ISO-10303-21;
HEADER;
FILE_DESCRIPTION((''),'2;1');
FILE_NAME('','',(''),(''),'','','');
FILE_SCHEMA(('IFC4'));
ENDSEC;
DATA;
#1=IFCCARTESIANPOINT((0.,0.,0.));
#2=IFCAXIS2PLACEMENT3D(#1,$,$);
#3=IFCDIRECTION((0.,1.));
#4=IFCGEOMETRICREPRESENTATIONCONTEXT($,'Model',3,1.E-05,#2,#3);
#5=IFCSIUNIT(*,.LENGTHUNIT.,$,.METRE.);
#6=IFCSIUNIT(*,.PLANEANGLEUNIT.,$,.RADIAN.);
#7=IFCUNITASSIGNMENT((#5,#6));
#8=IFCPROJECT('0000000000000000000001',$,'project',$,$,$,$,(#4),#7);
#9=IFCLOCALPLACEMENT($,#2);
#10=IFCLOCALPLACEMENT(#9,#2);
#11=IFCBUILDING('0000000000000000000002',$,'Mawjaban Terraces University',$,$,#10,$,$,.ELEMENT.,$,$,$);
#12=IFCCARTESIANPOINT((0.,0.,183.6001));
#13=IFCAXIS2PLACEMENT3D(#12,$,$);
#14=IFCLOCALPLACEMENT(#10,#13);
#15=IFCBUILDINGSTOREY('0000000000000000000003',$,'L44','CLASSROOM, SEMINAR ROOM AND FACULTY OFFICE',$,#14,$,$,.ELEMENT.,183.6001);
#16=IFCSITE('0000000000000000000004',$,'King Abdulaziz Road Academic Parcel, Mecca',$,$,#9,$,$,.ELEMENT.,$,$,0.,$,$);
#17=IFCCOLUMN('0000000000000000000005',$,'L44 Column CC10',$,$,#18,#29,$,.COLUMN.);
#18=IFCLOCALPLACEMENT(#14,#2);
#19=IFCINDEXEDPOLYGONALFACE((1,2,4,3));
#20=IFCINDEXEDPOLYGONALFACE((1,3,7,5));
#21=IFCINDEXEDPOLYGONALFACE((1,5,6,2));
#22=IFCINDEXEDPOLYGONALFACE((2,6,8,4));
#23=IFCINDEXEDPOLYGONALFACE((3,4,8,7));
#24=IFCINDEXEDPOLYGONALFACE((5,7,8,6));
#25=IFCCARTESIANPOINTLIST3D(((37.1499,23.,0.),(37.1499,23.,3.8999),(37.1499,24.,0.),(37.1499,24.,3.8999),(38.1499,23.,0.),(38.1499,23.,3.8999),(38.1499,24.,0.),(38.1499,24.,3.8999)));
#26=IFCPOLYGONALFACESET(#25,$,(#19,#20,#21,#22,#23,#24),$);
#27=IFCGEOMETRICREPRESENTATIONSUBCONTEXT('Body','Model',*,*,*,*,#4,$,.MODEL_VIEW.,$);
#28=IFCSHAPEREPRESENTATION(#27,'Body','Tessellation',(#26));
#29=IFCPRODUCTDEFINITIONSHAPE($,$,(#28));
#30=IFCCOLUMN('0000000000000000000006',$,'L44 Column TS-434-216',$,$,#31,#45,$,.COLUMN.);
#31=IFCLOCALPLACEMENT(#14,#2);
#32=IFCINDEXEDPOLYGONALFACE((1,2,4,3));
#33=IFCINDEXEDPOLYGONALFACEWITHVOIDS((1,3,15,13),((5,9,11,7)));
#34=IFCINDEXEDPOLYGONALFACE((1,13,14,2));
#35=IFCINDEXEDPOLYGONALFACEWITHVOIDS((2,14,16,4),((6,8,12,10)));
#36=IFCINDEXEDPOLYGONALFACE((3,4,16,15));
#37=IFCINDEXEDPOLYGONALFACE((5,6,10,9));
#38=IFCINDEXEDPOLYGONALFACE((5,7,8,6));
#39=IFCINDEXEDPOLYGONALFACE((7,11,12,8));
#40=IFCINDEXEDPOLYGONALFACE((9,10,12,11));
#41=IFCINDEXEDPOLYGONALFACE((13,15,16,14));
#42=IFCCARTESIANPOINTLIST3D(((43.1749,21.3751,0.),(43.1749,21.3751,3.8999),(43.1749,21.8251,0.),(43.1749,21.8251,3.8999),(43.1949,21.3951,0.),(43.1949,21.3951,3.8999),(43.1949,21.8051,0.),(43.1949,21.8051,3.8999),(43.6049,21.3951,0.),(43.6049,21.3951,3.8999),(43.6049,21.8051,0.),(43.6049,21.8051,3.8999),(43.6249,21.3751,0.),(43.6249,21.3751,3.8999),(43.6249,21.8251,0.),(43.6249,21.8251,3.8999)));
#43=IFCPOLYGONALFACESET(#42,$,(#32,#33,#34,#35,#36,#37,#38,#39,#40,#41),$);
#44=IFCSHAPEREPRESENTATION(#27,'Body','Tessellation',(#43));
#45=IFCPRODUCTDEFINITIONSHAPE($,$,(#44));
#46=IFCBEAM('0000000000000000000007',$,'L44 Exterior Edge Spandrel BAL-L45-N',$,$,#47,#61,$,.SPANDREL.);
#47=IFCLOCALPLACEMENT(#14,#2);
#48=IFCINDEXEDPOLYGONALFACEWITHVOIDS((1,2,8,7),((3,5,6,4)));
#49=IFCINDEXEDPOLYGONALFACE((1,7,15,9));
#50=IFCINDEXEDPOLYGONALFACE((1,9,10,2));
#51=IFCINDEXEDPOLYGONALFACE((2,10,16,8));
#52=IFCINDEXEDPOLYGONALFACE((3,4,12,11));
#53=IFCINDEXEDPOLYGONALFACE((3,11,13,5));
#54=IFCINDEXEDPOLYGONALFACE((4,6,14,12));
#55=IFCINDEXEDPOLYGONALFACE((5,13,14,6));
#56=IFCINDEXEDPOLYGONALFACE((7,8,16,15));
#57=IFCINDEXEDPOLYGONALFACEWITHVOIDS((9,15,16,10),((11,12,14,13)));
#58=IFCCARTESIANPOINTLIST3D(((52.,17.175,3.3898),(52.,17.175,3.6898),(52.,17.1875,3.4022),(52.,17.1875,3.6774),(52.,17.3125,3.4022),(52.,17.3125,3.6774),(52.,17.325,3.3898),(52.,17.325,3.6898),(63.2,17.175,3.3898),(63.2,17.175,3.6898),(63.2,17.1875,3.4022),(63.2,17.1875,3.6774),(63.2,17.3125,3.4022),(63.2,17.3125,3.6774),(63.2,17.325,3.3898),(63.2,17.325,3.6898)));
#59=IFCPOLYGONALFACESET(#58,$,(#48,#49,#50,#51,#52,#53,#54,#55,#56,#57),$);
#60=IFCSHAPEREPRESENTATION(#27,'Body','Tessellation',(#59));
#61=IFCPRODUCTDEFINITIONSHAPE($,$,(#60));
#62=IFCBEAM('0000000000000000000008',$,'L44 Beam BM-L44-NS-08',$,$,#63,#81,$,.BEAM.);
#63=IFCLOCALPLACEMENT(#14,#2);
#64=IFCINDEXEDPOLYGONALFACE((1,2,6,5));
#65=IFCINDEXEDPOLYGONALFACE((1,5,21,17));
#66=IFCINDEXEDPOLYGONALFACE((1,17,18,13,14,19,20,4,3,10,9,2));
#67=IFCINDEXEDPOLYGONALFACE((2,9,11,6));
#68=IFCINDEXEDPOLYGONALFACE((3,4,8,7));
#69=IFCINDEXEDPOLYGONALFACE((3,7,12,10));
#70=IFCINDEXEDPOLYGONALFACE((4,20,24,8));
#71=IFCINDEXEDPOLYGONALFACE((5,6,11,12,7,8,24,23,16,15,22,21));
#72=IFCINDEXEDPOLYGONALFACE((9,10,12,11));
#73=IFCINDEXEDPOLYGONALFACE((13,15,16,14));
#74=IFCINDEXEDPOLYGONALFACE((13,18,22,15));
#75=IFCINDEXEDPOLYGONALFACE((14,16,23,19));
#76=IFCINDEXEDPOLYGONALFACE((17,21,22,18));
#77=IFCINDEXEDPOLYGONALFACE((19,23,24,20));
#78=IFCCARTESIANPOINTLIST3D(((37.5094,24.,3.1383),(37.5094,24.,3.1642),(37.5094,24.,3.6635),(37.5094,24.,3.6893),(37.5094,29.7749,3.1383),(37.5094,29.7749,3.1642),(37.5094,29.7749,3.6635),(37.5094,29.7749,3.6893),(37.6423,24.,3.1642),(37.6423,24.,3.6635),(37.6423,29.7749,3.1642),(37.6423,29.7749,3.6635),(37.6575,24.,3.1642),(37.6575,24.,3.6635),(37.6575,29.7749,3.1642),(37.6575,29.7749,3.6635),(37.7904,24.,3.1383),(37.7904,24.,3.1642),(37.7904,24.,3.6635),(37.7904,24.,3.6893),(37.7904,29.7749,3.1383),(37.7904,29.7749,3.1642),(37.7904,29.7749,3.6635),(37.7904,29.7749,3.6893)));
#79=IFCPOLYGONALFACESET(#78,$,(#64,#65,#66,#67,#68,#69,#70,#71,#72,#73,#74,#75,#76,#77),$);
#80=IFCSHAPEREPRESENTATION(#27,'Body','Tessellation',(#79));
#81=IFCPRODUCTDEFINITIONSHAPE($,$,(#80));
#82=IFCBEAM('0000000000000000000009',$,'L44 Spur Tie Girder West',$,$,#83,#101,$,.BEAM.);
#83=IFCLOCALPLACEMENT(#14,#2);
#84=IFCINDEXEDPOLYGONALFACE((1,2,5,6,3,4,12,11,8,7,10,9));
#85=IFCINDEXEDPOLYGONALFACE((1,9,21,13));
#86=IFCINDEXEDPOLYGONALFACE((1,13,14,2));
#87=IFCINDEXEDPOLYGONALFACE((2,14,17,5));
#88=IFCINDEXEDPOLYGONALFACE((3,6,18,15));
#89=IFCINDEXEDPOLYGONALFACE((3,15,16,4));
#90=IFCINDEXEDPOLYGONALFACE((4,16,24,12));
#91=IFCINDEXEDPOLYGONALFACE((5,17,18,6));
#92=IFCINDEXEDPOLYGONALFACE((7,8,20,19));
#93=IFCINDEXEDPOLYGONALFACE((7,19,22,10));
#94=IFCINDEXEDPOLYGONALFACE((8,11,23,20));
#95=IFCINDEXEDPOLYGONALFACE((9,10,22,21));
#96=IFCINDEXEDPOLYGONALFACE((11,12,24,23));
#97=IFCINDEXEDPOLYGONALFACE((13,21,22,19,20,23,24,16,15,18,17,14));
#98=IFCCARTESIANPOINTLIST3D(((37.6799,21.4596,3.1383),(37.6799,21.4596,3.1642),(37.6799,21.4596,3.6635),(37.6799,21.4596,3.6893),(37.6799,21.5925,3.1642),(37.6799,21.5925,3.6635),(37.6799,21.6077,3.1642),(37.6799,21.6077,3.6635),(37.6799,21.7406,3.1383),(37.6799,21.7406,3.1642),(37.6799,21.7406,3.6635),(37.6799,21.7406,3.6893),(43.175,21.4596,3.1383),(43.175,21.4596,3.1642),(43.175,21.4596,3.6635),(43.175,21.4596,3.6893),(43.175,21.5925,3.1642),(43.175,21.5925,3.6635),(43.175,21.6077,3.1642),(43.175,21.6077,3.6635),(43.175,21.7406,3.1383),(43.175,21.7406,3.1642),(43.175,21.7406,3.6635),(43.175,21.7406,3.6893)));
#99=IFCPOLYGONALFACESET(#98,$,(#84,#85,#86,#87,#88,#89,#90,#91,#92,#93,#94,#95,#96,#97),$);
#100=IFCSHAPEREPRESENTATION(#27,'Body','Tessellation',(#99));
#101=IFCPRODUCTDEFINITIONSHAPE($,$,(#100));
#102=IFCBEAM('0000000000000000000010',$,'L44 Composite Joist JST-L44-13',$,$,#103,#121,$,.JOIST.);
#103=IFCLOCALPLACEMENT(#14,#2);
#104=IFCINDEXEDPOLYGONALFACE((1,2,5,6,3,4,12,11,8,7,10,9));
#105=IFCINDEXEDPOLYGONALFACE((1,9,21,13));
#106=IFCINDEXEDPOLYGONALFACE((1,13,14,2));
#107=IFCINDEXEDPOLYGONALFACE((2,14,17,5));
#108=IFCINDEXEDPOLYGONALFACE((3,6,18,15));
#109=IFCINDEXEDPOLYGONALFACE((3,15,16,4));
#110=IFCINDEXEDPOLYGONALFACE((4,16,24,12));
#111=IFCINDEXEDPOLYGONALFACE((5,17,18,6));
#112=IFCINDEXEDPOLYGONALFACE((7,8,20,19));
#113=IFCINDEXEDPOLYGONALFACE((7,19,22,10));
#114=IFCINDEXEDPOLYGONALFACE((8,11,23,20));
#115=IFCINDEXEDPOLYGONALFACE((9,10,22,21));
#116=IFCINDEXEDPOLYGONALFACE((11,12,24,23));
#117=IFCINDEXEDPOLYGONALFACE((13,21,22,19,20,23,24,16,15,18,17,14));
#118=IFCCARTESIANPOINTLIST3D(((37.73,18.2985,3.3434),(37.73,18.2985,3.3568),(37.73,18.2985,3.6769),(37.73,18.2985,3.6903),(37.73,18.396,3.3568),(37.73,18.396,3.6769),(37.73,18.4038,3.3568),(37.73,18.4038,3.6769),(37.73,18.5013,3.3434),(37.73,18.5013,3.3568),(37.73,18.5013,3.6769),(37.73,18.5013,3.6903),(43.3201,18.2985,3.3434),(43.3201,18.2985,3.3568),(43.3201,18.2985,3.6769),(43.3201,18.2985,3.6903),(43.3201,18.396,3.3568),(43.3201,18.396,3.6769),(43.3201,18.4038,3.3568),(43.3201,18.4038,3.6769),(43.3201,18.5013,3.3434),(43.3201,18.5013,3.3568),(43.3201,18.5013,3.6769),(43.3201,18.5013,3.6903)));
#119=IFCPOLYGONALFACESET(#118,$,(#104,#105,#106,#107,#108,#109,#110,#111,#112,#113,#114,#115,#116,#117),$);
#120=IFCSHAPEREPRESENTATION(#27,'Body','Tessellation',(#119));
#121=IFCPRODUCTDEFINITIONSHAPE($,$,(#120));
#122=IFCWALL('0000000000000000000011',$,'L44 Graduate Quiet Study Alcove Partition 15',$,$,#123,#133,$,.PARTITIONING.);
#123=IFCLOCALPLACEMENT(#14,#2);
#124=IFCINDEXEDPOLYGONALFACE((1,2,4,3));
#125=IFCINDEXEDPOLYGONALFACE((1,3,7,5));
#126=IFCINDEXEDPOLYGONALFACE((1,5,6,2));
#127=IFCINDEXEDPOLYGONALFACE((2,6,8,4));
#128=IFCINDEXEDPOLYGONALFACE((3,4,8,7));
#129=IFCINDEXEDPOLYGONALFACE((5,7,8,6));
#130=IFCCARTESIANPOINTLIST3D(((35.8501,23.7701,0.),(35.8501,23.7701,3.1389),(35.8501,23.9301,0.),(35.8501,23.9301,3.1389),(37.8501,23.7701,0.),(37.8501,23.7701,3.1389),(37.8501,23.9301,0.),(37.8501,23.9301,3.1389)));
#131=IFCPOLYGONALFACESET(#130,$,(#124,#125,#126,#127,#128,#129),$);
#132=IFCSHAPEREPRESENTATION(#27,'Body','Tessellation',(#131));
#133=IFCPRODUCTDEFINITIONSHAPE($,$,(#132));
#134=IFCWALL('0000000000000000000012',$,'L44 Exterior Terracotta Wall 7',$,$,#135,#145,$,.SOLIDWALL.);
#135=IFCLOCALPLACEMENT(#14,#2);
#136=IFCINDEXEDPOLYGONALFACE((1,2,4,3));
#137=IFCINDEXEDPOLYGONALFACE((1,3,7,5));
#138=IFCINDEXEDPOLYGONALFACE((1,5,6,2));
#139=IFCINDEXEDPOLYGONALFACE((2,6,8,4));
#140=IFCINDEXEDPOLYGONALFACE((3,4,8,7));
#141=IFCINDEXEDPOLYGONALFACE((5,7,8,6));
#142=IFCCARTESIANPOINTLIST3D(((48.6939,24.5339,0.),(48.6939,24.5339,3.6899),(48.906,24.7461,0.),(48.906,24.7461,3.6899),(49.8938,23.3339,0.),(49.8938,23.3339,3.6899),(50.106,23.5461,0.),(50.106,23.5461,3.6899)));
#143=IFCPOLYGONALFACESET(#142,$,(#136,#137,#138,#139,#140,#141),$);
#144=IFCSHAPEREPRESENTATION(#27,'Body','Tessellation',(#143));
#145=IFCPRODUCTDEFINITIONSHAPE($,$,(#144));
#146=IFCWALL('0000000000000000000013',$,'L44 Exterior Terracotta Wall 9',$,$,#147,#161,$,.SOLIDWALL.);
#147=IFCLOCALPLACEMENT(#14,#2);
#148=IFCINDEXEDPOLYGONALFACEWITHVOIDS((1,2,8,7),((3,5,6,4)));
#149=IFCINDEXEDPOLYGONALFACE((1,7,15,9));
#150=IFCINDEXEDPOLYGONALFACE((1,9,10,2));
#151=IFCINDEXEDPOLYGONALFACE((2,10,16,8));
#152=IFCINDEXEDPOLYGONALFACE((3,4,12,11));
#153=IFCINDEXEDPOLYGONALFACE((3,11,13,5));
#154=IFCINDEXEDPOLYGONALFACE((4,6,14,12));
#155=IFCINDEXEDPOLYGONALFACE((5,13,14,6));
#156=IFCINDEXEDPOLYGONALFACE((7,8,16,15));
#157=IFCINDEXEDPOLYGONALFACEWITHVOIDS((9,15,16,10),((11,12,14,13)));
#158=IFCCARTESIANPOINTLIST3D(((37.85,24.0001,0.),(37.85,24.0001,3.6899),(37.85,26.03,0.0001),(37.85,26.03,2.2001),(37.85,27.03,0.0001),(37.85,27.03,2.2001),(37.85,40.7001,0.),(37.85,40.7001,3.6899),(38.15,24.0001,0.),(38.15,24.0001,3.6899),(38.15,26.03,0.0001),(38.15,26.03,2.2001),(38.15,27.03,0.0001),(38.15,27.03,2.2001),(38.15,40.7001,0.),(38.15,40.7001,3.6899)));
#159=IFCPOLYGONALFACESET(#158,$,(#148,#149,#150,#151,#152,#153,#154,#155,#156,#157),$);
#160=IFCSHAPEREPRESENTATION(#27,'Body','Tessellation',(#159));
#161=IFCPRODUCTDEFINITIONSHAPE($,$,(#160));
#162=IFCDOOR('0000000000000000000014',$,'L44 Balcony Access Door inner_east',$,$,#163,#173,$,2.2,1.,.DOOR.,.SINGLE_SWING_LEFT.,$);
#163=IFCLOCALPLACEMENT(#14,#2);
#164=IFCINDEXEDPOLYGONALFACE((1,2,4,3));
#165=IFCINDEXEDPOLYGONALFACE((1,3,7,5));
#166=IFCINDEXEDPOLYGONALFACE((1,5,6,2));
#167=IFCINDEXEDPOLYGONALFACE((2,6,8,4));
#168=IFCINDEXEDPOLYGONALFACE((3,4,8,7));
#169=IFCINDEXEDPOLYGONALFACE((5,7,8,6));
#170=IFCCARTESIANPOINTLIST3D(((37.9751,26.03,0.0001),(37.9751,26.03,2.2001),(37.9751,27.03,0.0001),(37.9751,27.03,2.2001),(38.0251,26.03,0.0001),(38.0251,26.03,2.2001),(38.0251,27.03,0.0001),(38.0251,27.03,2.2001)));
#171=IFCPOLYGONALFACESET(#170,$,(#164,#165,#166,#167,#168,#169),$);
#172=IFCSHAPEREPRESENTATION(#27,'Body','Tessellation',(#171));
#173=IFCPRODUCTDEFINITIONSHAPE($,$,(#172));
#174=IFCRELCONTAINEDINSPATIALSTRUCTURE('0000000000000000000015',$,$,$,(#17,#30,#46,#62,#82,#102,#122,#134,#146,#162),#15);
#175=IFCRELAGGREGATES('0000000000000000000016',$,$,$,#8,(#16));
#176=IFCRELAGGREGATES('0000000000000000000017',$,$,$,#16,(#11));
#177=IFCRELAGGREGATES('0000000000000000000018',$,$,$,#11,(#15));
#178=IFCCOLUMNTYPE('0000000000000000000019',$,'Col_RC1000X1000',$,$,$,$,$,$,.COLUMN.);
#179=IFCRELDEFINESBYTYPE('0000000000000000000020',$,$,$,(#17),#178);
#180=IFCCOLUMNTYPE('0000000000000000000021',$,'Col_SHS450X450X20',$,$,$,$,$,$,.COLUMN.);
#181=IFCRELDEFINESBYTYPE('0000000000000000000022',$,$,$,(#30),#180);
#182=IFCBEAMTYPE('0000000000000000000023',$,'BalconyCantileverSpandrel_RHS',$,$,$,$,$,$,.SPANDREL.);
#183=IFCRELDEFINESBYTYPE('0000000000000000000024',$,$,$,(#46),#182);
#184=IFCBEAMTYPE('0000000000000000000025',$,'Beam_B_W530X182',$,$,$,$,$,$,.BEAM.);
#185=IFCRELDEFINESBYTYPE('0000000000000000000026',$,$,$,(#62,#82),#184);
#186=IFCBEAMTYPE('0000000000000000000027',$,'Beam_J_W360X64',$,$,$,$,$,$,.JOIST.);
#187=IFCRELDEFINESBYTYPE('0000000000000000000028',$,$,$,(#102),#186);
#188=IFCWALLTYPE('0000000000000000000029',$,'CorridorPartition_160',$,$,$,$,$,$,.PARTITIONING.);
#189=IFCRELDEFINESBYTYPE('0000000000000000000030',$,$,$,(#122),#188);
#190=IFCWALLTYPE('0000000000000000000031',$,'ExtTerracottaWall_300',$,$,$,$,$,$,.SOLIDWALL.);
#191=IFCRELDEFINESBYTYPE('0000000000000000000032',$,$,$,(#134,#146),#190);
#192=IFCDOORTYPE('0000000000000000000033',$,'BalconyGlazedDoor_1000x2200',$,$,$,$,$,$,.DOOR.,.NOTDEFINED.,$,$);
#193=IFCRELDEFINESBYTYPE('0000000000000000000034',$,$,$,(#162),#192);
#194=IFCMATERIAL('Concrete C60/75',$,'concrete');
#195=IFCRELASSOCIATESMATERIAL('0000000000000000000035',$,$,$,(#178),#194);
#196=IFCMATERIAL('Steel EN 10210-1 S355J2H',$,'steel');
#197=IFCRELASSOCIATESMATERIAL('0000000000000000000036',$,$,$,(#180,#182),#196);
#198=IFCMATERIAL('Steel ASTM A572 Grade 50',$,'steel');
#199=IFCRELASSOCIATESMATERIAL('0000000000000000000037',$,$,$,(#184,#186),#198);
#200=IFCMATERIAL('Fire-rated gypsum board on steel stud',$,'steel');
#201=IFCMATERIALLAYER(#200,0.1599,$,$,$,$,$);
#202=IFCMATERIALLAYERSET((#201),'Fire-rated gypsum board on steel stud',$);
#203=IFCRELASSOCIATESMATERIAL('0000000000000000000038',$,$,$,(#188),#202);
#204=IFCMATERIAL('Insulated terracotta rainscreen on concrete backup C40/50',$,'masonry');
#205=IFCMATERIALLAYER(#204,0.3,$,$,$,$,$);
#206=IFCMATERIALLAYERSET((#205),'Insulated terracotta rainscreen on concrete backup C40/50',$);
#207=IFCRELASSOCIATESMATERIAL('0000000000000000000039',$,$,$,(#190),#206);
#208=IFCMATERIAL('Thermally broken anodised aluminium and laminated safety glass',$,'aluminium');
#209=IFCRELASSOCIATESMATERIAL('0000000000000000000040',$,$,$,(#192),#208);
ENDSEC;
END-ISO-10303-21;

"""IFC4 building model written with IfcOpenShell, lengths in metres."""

from ifc_helpers import new_model, si_unit, direction, frame, frame_2d, origin, origin_2d, place, context, subcontext, project, spatial, rectangle, hollow_rectangle, i_section, extrude, material, layer, layer_set, material_profile, profile_set, type_object, element, fill, save


model = new_model("IFC4")

# Units and contexts
model_context = context("Model", 3, precision=1e-05, world=origin(), true_north=direction((0.0, 1.0)))
body_context = subcontext(model_context, "Body", "Model", "MODEL_VIEW")
ifc_project = project(units=[si_unit("LENGTHUNIT", "METRE"), si_unit("PLANEANGLEUNIT", "RADIAN")], contexts=[model_context])

# Site, building, storey
site_placement = place(None, origin())
site = spatial("IfcSite", under=ifc_project, at=site_placement, Name="King Abdulaziz Road Academic Parcel, Mecca", CompositionType="ELEMENT", RefElevation=0.0)
building_placement = place(site_placement, origin())
building = spatial("IfcBuilding", under=site, at=building_placement, Name="Mawjaban Terraces University", CompositionType="ELEMENT")
storey_placement = place(building_placement, frame((0.0, 0.0, 183.6001)))
storey = spatial("IfcBuildingStorey", under=building, at=storey_placement, Name="L44", Description="CLASSROOM, SEMINAR ROOM AND FACULTY OFFICE", CompositionType="ELEMENT", Elevation=183.6001)

# Columns
ifc_material_1 = material(Name="Concrete C60/75", Category="concrete")
ifc_material_profile_1 = material_profile(ifc_material_1, rectangle(XDim=1.0, YDim=1.0, at=origin_2d()), Name="RC1000X1000")
ifc_profile_set_1 = profile_set([ifc_material_profile_1], Name="Concrete C60/75")
column_type_1 = type_object("IfcColumnType", Name="Col_RC1000X1000", PredefinedType="COLUMN", material=ifc_profile_set_1)
column_1_placement = place(storey_placement, frame((37.6499, 23.5, 0.0), z_axis=(0.0, 0.0, 1.0), x_axis=(1.0, 0.0, 0.0)))
element("IfcColumn", 1, at=column_1_placement, inside=storey, type_object=column_type_1, Name="L44 Column CC10", PredefinedType="COLUMN", context=body_context, shape_type="SweptSolid", body=[
    extrude(rectangle(XDim=1.0, YDim=1.0, at=origin_2d()), origin(), (0.0, 0.0, 1.0), 3.8999),
])
ifc_material_2 = material(Name="Steel EN 10210-1 S355J2H", Category="steel")
ifc_material_profile_2 = material_profile(ifc_material_2, hollow_rectangle(XDim=0.45, YDim=0.45, WallThickness=0.02, at=origin_2d()), Name="SHS450X450X20")
ifc_profile_set_2 = profile_set([ifc_material_profile_2], Name="Steel EN 10210-1 S355J2H")
column_type_2 = type_object("IfcColumnType", Name="Col_SHS450X450X20", PredefinedType="COLUMN", material=ifc_profile_set_2)
column_2_placement = place(storey_placement, frame((43.3999, 21.6001, 0.0), z_axis=(0.0, 0.0, 1.0), x_axis=(1.0, 0.0, 0.0)))
element("IfcColumn", 2, at=column_2_placement, inside=storey, type_object=column_type_2, Name="L44 Column TS-434-216", PredefinedType="COLUMN", context=body_context, shape_type="SweptSolid", body=[
    extrude(hollow_rectangle(XDim=0.45, YDim=0.45, WallThickness=0.02, at=origin_2d()), origin(), (0.0, 0.0, 1.0), 3.8999),
])

# Beams
ifc_material_profile_3 = material_profile(ifc_material_2, hollow_rectangle(XDim=0.1499, YDim=0.3, WallThickness=0.0125, at=origin_2d()), Name="RHS300X150X12.5")
ifc_profile_set_3 = profile_set([ifc_material_profile_3], Name="Steel EN 10210-1 S355J2H")
beam_type_1 = type_object("IfcBeamType", Name="BalconyCantileverSpandrel_RHS", PredefinedType="SPANDREL", material=ifc_profile_set_3)
beam_1_placement = place(storey_placement, frame((52.0, 17.25, 3.5398), z_axis=(1.0, 0.0, 0.0), x_axis=(0.0, 1.0, 0.0)))
element("IfcBeam", 3, at=beam_1_placement, inside=storey, type_object=beam_type_1, Name="L44 Exterior Edge Spandrel BAL-L45-N", PredefinedType="SPANDREL", context=body_context, shape_type="SweptSolid", body=[
    extrude(hollow_rectangle(XDim=0.1499, YDim=0.3, WallThickness=0.0125, at=origin_2d()), origin(), (0.0, 0.0, 1.0), 11.2),
])
ifc_material_3 = material(Name="Steel ASTM A572 Grade 50", Category="steel")
ifc_material_profile_4 = material_profile(ifc_material_3, i_section(OverallWidth=0.281, OverallDepth=0.551, WebThickness=0.0151, FlangeThickness=0.0259, at=origin_2d()), Name="W530X182")
ifc_profile_set_4 = profile_set([ifc_material_profile_4], Name="Steel ASTM A572 Grade 50")
beam_type_2 = type_object("IfcBeamType", Name="Beam_B_W530X182", PredefinedType="BEAM", material=ifc_profile_set_4)
beam_2_placement = place(storey_placement, frame((37.6499, 24.0, 3.4138), z_axis=(0.0, 1.0, 0.0), x_axis=(-1.0, 0.0, 0.0)))
element("IfcBeam", 4, at=beam_2_placement, inside=storey, type_object=beam_type_2, Name="L44 Beam BM-L44-NS-08", PredefinedType="BEAM", context=body_context, shape_type="SweptSolid", body=[
    extrude(i_section(OverallWidth=0.281, OverallDepth=0.551, WebThickness=0.0151, FlangeThickness=0.0259, at=origin_2d()), origin(), (0.0, 0.0, 1.0), 5.7749),
])
beam_3_placement = place(storey_placement, frame((37.6799, 21.6001, 3.4138), z_axis=(1.0, 0.0, 0.0), x_axis=(0.0, 1.0, 0.0)))
element("IfcBeam", 5, at=beam_3_placement, inside=storey, type_object=beam_type_2, Name="L44 Spur Tie Girder West", PredefinedType="BEAM", context=body_context, shape_type="SweptSolid", body=[
    extrude(i_section(OverallWidth=0.281, OverallDepth=0.551, WebThickness=0.0151, FlangeThickness=0.0259, at=origin_2d()), origin(), (0.0, 0.0, 1.0), 5.4951),
])
ifc_material_profile_5 = material_profile(ifc_material_3, i_section(OverallWidth=0.2029, OverallDepth=0.3469, WebThickness=0.0078, FlangeThickness=0.0134, at=origin_2d()), Name="W360X64")
ifc_profile_set_5 = profile_set([ifc_material_profile_5], Name="Steel ASTM A572 Grade 50")
beam_type_3 = type_object("IfcBeamType", Name="Beam_J_W360X64", PredefinedType="JOIST", material=ifc_profile_set_5)
beam_4_placement = place(storey_placement, frame((37.73, 18.3999, 3.5168), z_axis=(1.0, 0.0, 0.0), x_axis=(0.0, 1.0, 0.0)))
element("IfcBeam", 6, at=beam_4_placement, inside=storey, type_object=beam_type_3, Name="L44 Composite Joist JST-L44-13", PredefinedType="JOIST", context=body_context, shape_type="SweptSolid", body=[
    extrude(i_section(OverallWidth=0.2029, OverallDepth=0.3469, WebThickness=0.0078, FlangeThickness=0.0134, at=origin_2d()), origin(), (0.0, 0.0, 1.0), 5.5901),
])

# Walls
ifc_material_4 = material(Name="Fire-rated gypsum board on steel stud", Category="steel")
ifc_layer_1 = layer(ifc_material_4, 0.1599)
ifc_layer_set_1 = layer_set([ifc_layer_1], Name="Fire-rated gypsum board on steel stud")
wall_type_1 = type_object("IfcWallType", Name="CorridorPartition_160", PredefinedType="PARTITIONING", material=ifc_layer_set_1)
wall_1_placement = place(storey_placement, frame((37.8501, 23.8501, 0.0), z_axis=(0.0, 0.0, 1.0), x_axis=(-1.0, 0.0, 0.0)))
element("IfcWall", 7, at=wall_1_placement, inside=storey, type_object=wall_type_1, Name="L44 Graduate Quiet Study Alcove Partition 15", PredefinedType="PARTITIONING", context=body_context, shape_type="SweptSolid", body=[
    extrude(rectangle(XDim=2.0, YDim=0.1599, at=frame_2d((1.0, 0.0))), origin(), (0.0, 0.0, 1.0), 3.1389),
])
ifc_material_5 = material(Name="Insulated terracotta rainscreen on concrete backup C40/50", Category="masonry")
ifc_layer_2 = layer(ifc_material_5, 0.3)
ifc_layer_set_2 = layer_set([ifc_layer_2], Name="Insulated terracotta rainscreen on concrete backup C40/50")
wall_type_2 = type_object("IfcWallType", Name="ExtTerracottaWall_300", PredefinedType="SOLIDWALL", material=ifc_layer_set_2)
wall_2_placement = place(storey_placement, frame((50.0, 23.4399, 0.0), z_axis=(0.0, 0.0, 1.0), x_axis=(-0.707107, 0.707107, 0.0)))
element("IfcWall", 8, at=wall_2_placement, inside=storey, type_object=wall_type_2, Name="L44 Exterior Terracotta Wall 7", PredefinedType="SOLIDWALL", context=body_context, shape_type="SweptSolid", body=[
    extrude(rectangle(XDim=1.697, YDim=0.3, at=frame_2d((0.8486, 0.0))), origin(), (0.0, 0.0, 1.0), 3.6899),
])

# Wall, opening, door
wall_3_placement = place(storey_placement, frame((38.0, 24.0, 0.0), z_axis=(0.0, 0.0, 1.0), x_axis=(0.0, 1.0, 0.0)))
wall_3 = element("IfcWall", 9, at=wall_3_placement, inside=storey, type_object=wall_type_2, Name="L44 Exterior Terracotta Wall 9", PredefinedType="SOLIDWALL", context=body_context, shape_type="SweptSolid", body=[
    extrude(rectangle(XDim=16.7, YDim=0.3, at=frame_2d((8.3501, 0.0))), origin(), (0.0, 0.0, 1.0), 3.6899),
])
opening_placement = place(wall_3_placement, frame((2.03, 0.0, 0.0)))
opening = element("IfcOpeningElement", 10, at=opening_placement, cuts=wall_3, PredefinedType="OPENING", context=body_context, shape_type="SweptSolid", body=[
    extrude(rectangle(XDim=1.0, YDim=2.2, at=frame_2d((0.5, 1.1001))), frame((0.0, 0.1599, 0.0), z_axis=(0.0, -1.0, 0.0), x_axis=(1.0, 0.0, 0.0)), (0.0, 0.0, 1.0), 0.3201),
])
ifc_material_6 = material(Name="Thermally broken anodised aluminium and laminated safety glass", Category="aluminium")
door_type = type_object("IfcDoorType", Name="BalconyGlazedDoor_1000x2200", OperationType="NOTDEFINED", PredefinedType="DOOR", material=ifc_material_6)
door_placement = place(opening_placement, origin())
door = element("IfcDoor", 11, at=door_placement, inside=storey, type_object=door_type, Name="L44 Balcony Access Door inner_east", OperationType="SINGLE_SWING_LEFT", OverallHeight=2.2, OverallWidth=1.0, PredefinedType="DOOR", context=body_context, shape_type="SweptSolid", body=[
    extrude(rectangle(XDim=1.0, YDim=2.2, at=frame_2d((0.5, 1.1001))), frame((0.0, 0.0249, 0.0), z_axis=(0.0, -1.0, 0.0), x_axis=(1.0, 0.0, 0.0)), (0.0, 0.0, 1.0), 0.05),
])
fill(opening, door)

save(model, "model.ifc")
